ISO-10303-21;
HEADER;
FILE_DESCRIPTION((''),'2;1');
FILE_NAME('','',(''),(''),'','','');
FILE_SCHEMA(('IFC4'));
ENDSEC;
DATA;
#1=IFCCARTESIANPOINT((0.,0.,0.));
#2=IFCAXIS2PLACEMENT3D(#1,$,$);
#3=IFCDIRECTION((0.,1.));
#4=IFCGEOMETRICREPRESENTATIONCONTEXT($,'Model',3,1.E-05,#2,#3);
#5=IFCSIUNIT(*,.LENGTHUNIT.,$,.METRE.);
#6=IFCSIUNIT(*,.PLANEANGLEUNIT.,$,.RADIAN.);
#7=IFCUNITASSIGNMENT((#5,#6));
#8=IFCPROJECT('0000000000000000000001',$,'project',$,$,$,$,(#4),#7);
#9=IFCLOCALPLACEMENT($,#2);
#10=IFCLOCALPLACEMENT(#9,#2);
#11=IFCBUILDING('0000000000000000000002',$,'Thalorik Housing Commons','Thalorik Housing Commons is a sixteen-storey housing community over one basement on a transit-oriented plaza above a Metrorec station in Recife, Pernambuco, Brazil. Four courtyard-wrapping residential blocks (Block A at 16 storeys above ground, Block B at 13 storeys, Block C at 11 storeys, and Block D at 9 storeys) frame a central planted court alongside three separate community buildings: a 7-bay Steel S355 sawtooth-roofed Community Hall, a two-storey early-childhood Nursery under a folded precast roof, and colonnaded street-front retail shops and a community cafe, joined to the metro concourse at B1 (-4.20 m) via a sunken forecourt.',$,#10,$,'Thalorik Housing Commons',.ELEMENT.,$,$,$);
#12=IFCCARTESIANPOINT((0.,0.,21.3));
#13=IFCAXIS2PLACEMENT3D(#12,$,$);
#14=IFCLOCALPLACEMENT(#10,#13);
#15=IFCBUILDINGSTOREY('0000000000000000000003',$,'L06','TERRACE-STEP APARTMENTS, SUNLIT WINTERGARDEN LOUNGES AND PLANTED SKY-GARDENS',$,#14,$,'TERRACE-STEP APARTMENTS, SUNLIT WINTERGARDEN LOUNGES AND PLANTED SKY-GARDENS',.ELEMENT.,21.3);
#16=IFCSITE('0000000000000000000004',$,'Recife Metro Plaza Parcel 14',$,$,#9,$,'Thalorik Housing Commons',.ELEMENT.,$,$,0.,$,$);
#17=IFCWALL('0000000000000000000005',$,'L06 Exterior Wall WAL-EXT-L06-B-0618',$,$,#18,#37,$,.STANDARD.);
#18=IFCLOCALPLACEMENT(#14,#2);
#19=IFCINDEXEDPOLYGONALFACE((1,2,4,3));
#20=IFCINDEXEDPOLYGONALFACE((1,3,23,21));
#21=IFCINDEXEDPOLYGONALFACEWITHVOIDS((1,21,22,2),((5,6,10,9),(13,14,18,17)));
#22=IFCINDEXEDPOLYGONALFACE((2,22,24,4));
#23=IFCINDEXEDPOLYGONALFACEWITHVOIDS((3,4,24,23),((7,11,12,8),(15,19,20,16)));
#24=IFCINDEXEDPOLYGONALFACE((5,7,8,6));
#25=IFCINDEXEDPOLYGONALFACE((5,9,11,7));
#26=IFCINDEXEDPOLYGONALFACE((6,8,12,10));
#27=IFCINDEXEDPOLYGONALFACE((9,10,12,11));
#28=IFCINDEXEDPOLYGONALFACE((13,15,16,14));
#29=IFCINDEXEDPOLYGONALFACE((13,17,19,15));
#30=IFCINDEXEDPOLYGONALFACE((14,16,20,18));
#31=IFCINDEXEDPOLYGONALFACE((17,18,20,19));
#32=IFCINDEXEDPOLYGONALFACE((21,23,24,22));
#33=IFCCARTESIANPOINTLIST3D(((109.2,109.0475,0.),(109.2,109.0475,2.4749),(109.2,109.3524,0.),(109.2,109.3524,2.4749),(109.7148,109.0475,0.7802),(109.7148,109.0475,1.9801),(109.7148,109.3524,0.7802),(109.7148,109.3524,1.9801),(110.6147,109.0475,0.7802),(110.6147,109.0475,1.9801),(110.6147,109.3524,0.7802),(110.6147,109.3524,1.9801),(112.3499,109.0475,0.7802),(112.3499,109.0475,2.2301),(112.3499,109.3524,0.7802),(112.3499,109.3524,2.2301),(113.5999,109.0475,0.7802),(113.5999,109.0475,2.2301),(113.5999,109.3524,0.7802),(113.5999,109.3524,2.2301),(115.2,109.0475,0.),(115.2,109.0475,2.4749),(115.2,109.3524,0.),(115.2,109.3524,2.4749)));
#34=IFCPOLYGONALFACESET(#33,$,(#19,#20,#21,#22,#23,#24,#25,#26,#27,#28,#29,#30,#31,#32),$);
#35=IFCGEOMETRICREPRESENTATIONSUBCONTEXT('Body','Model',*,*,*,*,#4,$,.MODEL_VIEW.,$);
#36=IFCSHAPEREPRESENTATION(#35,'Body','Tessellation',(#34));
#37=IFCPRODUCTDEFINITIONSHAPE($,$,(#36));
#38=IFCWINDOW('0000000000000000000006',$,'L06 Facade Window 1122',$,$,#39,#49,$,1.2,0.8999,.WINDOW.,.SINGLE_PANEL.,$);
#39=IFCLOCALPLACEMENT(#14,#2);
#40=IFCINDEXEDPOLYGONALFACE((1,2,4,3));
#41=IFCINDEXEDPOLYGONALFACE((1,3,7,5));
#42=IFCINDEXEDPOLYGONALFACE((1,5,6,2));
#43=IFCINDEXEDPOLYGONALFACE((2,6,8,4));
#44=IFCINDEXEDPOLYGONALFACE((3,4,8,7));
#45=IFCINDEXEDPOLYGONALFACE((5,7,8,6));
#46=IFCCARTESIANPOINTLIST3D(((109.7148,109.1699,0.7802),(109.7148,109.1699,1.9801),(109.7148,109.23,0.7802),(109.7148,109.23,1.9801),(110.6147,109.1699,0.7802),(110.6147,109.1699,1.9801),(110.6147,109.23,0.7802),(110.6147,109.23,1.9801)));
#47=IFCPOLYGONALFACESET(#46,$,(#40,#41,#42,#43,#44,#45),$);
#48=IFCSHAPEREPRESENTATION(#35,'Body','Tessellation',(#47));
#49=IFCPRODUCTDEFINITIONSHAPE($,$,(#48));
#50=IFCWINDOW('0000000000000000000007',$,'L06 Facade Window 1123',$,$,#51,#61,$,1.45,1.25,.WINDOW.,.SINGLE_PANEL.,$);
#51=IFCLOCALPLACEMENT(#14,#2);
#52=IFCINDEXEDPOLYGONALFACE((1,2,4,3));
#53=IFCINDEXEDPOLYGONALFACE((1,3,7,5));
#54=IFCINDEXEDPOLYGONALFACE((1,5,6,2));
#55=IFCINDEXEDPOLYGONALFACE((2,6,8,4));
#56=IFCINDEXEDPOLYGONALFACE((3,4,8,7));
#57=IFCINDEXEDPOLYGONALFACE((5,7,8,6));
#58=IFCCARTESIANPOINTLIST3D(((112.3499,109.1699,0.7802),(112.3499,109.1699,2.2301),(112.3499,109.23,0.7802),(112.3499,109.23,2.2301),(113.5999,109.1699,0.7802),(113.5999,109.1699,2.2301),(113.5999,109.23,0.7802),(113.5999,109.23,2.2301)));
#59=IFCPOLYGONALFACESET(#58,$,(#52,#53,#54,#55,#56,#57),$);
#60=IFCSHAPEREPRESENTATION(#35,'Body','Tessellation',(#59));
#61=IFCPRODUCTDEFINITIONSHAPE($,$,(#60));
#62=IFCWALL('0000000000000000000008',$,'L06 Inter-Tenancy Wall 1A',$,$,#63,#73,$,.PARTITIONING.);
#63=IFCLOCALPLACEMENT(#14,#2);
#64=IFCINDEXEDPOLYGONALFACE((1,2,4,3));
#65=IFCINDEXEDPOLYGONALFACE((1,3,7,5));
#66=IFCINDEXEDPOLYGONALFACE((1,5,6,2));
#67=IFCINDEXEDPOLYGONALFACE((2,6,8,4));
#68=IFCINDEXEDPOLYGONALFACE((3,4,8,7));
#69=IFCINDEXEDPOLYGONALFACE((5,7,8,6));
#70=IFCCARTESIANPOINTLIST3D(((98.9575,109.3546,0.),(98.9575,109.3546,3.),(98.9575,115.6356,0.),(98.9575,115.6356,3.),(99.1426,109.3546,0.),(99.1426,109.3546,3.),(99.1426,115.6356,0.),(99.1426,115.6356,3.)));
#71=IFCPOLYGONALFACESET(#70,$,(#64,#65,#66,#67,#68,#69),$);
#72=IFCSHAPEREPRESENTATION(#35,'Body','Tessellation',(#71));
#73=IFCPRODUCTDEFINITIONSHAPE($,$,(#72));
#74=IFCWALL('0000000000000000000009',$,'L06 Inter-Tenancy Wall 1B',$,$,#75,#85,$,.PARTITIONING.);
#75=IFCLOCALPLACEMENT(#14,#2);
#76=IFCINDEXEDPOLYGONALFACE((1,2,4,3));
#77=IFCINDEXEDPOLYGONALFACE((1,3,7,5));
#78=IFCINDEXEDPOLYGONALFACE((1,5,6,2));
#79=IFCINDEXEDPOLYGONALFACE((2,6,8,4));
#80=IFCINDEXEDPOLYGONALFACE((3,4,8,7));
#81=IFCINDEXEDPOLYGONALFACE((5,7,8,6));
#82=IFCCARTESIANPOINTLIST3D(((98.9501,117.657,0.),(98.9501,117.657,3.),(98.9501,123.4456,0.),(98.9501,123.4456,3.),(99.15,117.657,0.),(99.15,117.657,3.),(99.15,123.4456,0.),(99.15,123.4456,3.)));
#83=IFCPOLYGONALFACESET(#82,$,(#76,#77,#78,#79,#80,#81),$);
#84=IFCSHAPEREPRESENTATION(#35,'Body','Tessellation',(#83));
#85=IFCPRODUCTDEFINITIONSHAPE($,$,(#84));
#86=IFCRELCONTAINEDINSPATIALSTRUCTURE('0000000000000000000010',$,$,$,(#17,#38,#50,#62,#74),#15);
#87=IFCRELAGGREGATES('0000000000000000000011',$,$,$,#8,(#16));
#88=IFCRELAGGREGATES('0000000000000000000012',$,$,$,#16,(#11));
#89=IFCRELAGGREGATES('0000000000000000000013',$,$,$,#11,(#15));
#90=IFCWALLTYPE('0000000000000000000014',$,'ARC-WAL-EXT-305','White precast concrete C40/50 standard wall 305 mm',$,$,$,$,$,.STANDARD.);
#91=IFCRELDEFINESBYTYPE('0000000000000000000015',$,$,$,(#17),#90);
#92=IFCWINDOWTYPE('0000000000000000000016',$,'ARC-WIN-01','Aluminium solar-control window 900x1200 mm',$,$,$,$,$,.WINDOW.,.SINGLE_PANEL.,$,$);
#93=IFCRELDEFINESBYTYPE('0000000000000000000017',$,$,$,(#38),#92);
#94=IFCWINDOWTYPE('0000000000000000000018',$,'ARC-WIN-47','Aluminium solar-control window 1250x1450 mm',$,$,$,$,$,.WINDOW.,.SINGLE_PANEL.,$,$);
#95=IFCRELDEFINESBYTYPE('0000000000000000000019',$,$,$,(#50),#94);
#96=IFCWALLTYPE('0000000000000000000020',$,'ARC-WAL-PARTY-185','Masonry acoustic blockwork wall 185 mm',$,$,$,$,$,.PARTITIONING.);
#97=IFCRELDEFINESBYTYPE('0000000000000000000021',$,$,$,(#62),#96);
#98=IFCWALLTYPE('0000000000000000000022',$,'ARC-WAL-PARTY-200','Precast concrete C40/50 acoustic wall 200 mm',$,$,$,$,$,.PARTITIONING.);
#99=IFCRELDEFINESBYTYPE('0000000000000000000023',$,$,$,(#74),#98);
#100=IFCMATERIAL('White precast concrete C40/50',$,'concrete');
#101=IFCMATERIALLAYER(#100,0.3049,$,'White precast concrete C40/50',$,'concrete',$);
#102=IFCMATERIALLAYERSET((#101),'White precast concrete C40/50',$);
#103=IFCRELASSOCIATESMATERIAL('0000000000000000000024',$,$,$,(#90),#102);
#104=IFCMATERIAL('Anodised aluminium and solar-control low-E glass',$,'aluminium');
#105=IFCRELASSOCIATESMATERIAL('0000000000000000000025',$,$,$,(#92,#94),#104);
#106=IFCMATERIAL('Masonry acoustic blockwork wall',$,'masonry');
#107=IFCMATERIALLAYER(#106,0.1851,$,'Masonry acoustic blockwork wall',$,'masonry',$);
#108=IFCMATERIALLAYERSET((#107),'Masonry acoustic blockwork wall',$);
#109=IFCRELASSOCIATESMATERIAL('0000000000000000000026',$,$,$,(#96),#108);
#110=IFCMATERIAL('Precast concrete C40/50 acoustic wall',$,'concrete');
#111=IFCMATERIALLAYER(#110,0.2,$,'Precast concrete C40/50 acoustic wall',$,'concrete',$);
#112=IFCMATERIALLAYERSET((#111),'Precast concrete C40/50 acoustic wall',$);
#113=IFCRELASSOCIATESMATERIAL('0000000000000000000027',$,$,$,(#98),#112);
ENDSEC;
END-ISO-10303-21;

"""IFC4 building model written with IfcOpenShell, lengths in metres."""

from ifc_helpers import new_model, si_unit, direction, frame, frame_2d, origin, place, context, subcontext, project, spatial, rectangle, extrude, material, layer, layer_set, type_object, element, fill, save


model = new_model("IFC4")

# Units and contexts
model_context = context("Model", 3, precision=1e-05, world=origin(), true_north=direction((0.0, 1.0)))
body_context = subcontext(model_context, "Body", "Model", "MODEL_VIEW")
ifc_project = project(units=[si_unit("LENGTHUNIT", "METRE"), si_unit("PLANEANGLEUNIT", "RADIAN")], contexts=[model_context])

# Site, building, storey
site_placement = place(None, origin())
site = spatial("IfcSite", under=ifc_project, at=site_placement, Name="Recife Metro Plaza Parcel 14", LongName="Thalorik Housing Commons", CompositionType="ELEMENT", RefElevation=0.0)
building_placement = place(site_placement, origin())
building = spatial("IfcBuilding", under=site, at=building_placement, Name="Thalorik Housing Commons", Description="Thalorik Housing Commons is a sixteen-storey housing community over one basement on a transit-oriented plaza above a Metrorec station in Recife, Pernambuco, Brazil. Four courtyard-wrapping residential blocks (Block A at 16 storeys above ground, Block B at 13 storeys, Block C at 11 storeys, and Block D at 9 storeys) frame a central planted court alongside three separate community buildings: a 7-bay Steel S355 sawtooth-roofed Community Hall, a two-storey early-childhood Nursery under a folded precast roof, and colonnaded street-front retail shops and a community cafe, joined to the metro concourse at B1 (-4.20 m) via a sunken forecourt.", LongName="Thalorik Housing Commons", CompositionType="ELEMENT")
storey_placement = place(building_placement, frame((0.0, 0.0, 21.3)))
storey = spatial("IfcBuildingStorey", under=building, at=storey_placement, Name="L06", Description="TERRACE-STEP APARTMENTS, SUNLIT WINTERGARDEN LOUNGES AND PLANTED SKY-GARDENS", LongName="TERRACE-STEP APARTMENTS, SUNLIT WINTERGARDEN LOUNGES AND PLANTED SKY-GARDENS", CompositionType="ELEMENT", Elevation=21.3)

# Wall, openings, windows
ifc_material_1 = material(Name="White precast concrete C40/50", Category="concrete")
ifc_layer_1 = layer(ifc_material_1, 0.3049, Name="White precast concrete C40/50", Category="concrete")
ifc_layer_set_1 = layer_set([ifc_layer_1], Name="White precast concrete C40/50")
wall_type_1 = type_object("IfcWallType", Name="ARC-WAL-EXT-305", Description="White precast concrete C40/50 standard wall 305 mm", PredefinedType="STANDARD", material=ifc_layer_set_1)
ifc_material_2 = material(Name="Anodised aluminium and solar-control low-E glass", Category="aluminium")
wall_1_placement = place(storey_placement, frame((109.2, 109.2, 0.0), z_axis=(0.0, 0.0, 1.0), x_axis=(1.0, 0.0, 0.0)))
wall_1 = element("IfcWall", 1, at=wall_1_placement, inside=storey, type_object=wall_type_1, Name="L06 Exterior Wall WAL-EXT-L06-B-0618", PredefinedType="STANDARD", context=body_context, shape_type="SweptSolid", body=[
    extrude(rectangle(XDim=6.0, YDim=0.3049, at=frame_2d((3.0, 0.0))), origin(), (0.0, 0.0, 1.0), 2.4749),
])
opening_1_placement = place(wall_1_placement, frame((0.5149, 0.0, 0.78)))
opening_1 = element("IfcOpeningElement", 2, at=opening_1_placement, cuts=wall_1, PredefinedType="OPENING", context=body_context, shape_type="SweptSolid", body=[
    extrude(rectangle(XDim=0.8999, YDim=1.2, at=frame_2d((0.45, 0.6001))), frame((0.0, 0.1626, 0.0), z_axis=(0.0, -1.0, 0.0), x_axis=(1.0, 0.0, 0.0)), (0.0, 0.0, 1.0), 0.325),
])
opening_2_placement = place(wall_1_placement, frame((3.1499, 0.0, 0.78)))
opening_2 = element("IfcOpeningElement", 3, at=opening_2_placement, cuts=wall_1, PredefinedType="OPENING", context=body_context, shape_type="SweptSolid", body=[
    extrude(rectangle(XDim=1.25, YDim=1.45, at=frame_2d((0.625, 0.7251))), frame((0.0, 0.1626, 0.0), z_axis=(0.0, -1.0, 0.0), x_axis=(1.0, 0.0, 0.0)), (0.0, 0.0, 1.0), 0.325),
])
window_type_1 = type_object("IfcWindowType", Name="ARC-WIN-01", Description="Aluminium solar-control window 900x1200 mm", PartitioningType="SINGLE_PANEL", PredefinedType="WINDOW", material=ifc_material_2)
window_1_placement = place(opening_1_placement, origin())
window_1 = element("IfcWindow", 4, at=window_1_placement, inside=storey, type_object=window_type_1, Name="L06 Facade Window 1122", OverallHeight=1.2, OverallWidth=0.8999, PartitioningType="SINGLE_PANEL", PredefinedType="WINDOW", context=body_context, shape_type="SweptSolid", body=[
    extrude(rectangle(XDim=0.8999, YDim=1.2, at=frame_2d((0.45, 0.6001))), frame((0.0, 0.03, 0.0), z_axis=(0.0, -1.0, 0.0), x_axis=(1.0, 0.0, 0.0)), (0.0, 0.0, 1.0), 0.0601),
])
fill(opening_1, window_1)
window_type_2 = type_object("IfcWindowType", Name="ARC-WIN-47", Description="Aluminium solar-control window 1250x1450 mm", PartitioningType="SINGLE_PANEL", PredefinedType="WINDOW", material=ifc_material_2)
window_2_placement = place(opening_2_placement, origin())
window_2 = element("IfcWindow", 5, at=window_2_placement, inside=storey, type_object=window_type_2, Name="L06 Facade Window 1123", OverallHeight=1.45, OverallWidth=1.25, PartitioningType="SINGLE_PANEL", PredefinedType="WINDOW", context=body_context, shape_type="SweptSolid", body=[
    extrude(rectangle(XDim=1.25, YDim=1.45, at=frame_2d((0.625, 0.7251))), frame((0.0, 0.03, 0.0), z_axis=(0.0, -1.0, 0.0), x_axis=(1.0, 0.0, 0.0)), (0.0, 0.0, 1.0), 0.0601),
])
fill(opening_2, window_2)

# Walls
ifc_material_3 = material(Name="Masonry acoustic blockwork wall", Category="masonry")
ifc_layer_2 = layer(ifc_material_3, 0.1851, Name="Masonry acoustic blockwork wall", Category="masonry")
ifc_layer_set_2 = layer_set([ifc_layer_2], Name="Masonry acoustic blockwork wall")
wall_type_2 = type_object("IfcWallType", Name="ARC-WAL-PARTY-185", Description="Masonry acoustic blockwork wall 185 mm", PredefinedType="PARTITIONING", material=ifc_layer_set_2)
wall_2_placement = place(storey_placement, frame((99.05, 109.3545, 0.0), z_axis=(0.0, 0.0, 1.0), x_axis=(0.0, 1.0, 0.0)))
element("IfcWall", 6, at=wall_2_placement, inside=storey, type_object=wall_type_2, Name="L06 Inter-Tenancy Wall 1A", PredefinedType="PARTITIONING", context=body_context, shape_type="SweptSolid", body=[
    extrude(rectangle(XDim=6.281, YDim=0.1851, at=frame_2d((3.1406, 0.0))), origin(), (0.0, 0.0, 1.0), 3.0),
])
ifc_material_4 = material(Name="Precast concrete C40/50 acoustic wall", Category="concrete")
ifc_layer_3 = layer(ifc_material_4, 0.2, Name="Precast concrete C40/50 acoustic wall", Category="concrete")
ifc_layer_set_3 = layer_set([ifc_layer_3], Name="Precast concrete C40/50 acoustic wall")
wall_type_3 = type_object("IfcWallType", Name="ARC-WAL-PARTY-200", Description="Precast concrete C40/50 acoustic wall 200 mm", PredefinedType="PARTITIONING", material=ifc_layer_set_3)
wall_3_placement = place(storey_placement, frame((99.05, 117.657, 0.0), z_axis=(0.0, 0.0, 1.0), x_axis=(0.0, 1.0, 0.0)))
element("IfcWall", 7, at=wall_3_placement, inside=storey, type_object=wall_type_3, Name="L06 Inter-Tenancy Wall 1B", PredefinedType="PARTITIONING", context=body_context, shape_type="SweptSolid", body=[
    extrude(rectangle(XDim=5.7886, YDim=0.2, at=frame_2d((2.8943, 0.0))), origin(), (0.0, 0.0, 1.0), 3.0),
])

save(model, "model.ifc")
